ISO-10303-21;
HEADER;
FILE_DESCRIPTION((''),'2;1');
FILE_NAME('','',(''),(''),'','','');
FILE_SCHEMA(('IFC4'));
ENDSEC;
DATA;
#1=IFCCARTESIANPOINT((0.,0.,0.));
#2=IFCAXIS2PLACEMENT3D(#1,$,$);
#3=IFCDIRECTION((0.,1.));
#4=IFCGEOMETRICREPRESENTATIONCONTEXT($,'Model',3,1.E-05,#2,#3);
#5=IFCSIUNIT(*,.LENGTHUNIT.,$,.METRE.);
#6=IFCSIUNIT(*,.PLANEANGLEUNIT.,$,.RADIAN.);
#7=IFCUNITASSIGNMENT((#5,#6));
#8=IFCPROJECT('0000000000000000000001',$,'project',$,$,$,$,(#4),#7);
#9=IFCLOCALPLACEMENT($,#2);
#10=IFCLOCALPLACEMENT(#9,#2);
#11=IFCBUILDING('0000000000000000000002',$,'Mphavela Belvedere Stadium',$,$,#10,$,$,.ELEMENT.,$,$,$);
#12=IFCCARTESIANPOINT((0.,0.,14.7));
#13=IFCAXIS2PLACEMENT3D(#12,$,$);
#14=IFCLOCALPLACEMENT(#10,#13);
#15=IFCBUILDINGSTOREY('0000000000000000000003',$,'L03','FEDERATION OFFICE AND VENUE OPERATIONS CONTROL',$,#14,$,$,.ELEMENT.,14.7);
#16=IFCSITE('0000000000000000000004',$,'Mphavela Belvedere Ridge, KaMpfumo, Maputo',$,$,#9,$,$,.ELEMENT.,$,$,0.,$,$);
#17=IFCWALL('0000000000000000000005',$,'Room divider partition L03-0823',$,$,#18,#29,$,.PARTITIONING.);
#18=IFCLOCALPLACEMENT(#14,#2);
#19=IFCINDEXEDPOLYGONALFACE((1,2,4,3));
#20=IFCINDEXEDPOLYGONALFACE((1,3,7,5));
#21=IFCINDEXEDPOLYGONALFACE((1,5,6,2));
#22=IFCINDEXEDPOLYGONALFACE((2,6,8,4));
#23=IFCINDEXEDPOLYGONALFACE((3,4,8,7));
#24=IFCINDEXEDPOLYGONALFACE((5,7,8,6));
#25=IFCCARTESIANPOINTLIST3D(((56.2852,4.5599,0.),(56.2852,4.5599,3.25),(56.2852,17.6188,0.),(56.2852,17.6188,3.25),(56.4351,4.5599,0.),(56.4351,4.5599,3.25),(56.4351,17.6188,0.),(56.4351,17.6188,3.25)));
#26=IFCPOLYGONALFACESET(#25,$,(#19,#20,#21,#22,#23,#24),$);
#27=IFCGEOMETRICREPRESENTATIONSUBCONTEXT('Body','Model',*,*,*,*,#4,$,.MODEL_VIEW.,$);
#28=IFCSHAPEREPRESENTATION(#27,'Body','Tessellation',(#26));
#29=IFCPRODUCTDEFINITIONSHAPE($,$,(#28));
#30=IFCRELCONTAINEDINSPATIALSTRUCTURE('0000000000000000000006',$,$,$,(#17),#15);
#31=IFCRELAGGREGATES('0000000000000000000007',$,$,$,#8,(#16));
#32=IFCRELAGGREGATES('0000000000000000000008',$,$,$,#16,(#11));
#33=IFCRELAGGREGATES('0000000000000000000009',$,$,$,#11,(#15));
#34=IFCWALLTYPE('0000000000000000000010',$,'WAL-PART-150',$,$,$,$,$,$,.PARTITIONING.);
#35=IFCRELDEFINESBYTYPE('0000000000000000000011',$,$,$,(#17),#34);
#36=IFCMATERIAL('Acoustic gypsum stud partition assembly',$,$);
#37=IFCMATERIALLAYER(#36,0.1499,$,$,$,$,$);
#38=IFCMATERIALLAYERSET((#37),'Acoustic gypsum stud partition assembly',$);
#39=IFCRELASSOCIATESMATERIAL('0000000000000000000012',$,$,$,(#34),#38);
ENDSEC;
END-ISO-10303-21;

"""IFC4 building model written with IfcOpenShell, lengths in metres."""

from ifc_helpers import new_model, si_unit, direction, frame, frame_2d, origin, place, context, subcontext, project, spatial, rectangle, extrude, material, layer, layer_set, type_object, element, save


model = new_model("IFC4")

# Units and contexts
model_context = context("Model", 3, precision=1e-05, world=origin(), true_north=direction((0.0, 1.0)))
body_context = subcontext(model_context, "Body", "Model", "MODEL_VIEW")
ifc_project = project(units=[si_unit("LENGTHUNIT", "METRE"), si_unit("PLANEANGLEUNIT", "RADIAN")], contexts=[model_context])

# Site, building, storey
site_placement = place(None, origin())
site = spatial("IfcSite", under=ifc_project, at=site_placement, Name="Mphavela Belvedere Ridge, KaMpfumo, Maputo", CompositionType="ELEMENT", RefElevation=0.0)
building_placement = place(site_placement, origin())
building = spatial("IfcBuilding", under=site, at=building_placement, Name="Mphavela Belvedere Stadium", CompositionType="ELEMENT")
storey_placement = place(building_placement, frame((0.0, 0.0, 14.7)))
storey = spatial("IfcBuildingStorey", under=building, at=storey_placement, Name="L03", Description="FEDERATION OFFICE AND VENUE OPERATIONS CONTROL", CompositionType="ELEMENT", Elevation=14.7)

# Wall
ifc_material_1 = material(Name="Acoustic gypsum stud partition assembly")
ifc_layer_1 = layer(ifc_material_1, 0.1499)
ifc_layer_set_1 = layer_set([ifc_layer_1], Name="Acoustic gypsum stud partition assembly")
wall_type_1 = type_object("IfcWallType", Name="WAL-PART-150", PredefinedType="PARTITIONING", material=ifc_layer_set_1)
wall_1_placement = place(storey_placement, frame((56.3601, 4.5601, 0.0), z_axis=(0.0, 0.0, 1.0), x_axis=(0.0, 1.0, 0.0)))
element("IfcWall", 1, at=wall_1_placement, inside=storey, type_object=wall_type_1, Name="Room divider partition L03-0823", PredefinedType="PARTITIONING", context=body_context, shape_type="SweptSolid", body=[
    extrude(rectangle(XDim=13.0588, YDim=0.1499, at=frame_2d((6.5293, 0.0))), origin(), (0.0, 0.0, 1.0), 3.25),
])

save(model, "model.ifc")
